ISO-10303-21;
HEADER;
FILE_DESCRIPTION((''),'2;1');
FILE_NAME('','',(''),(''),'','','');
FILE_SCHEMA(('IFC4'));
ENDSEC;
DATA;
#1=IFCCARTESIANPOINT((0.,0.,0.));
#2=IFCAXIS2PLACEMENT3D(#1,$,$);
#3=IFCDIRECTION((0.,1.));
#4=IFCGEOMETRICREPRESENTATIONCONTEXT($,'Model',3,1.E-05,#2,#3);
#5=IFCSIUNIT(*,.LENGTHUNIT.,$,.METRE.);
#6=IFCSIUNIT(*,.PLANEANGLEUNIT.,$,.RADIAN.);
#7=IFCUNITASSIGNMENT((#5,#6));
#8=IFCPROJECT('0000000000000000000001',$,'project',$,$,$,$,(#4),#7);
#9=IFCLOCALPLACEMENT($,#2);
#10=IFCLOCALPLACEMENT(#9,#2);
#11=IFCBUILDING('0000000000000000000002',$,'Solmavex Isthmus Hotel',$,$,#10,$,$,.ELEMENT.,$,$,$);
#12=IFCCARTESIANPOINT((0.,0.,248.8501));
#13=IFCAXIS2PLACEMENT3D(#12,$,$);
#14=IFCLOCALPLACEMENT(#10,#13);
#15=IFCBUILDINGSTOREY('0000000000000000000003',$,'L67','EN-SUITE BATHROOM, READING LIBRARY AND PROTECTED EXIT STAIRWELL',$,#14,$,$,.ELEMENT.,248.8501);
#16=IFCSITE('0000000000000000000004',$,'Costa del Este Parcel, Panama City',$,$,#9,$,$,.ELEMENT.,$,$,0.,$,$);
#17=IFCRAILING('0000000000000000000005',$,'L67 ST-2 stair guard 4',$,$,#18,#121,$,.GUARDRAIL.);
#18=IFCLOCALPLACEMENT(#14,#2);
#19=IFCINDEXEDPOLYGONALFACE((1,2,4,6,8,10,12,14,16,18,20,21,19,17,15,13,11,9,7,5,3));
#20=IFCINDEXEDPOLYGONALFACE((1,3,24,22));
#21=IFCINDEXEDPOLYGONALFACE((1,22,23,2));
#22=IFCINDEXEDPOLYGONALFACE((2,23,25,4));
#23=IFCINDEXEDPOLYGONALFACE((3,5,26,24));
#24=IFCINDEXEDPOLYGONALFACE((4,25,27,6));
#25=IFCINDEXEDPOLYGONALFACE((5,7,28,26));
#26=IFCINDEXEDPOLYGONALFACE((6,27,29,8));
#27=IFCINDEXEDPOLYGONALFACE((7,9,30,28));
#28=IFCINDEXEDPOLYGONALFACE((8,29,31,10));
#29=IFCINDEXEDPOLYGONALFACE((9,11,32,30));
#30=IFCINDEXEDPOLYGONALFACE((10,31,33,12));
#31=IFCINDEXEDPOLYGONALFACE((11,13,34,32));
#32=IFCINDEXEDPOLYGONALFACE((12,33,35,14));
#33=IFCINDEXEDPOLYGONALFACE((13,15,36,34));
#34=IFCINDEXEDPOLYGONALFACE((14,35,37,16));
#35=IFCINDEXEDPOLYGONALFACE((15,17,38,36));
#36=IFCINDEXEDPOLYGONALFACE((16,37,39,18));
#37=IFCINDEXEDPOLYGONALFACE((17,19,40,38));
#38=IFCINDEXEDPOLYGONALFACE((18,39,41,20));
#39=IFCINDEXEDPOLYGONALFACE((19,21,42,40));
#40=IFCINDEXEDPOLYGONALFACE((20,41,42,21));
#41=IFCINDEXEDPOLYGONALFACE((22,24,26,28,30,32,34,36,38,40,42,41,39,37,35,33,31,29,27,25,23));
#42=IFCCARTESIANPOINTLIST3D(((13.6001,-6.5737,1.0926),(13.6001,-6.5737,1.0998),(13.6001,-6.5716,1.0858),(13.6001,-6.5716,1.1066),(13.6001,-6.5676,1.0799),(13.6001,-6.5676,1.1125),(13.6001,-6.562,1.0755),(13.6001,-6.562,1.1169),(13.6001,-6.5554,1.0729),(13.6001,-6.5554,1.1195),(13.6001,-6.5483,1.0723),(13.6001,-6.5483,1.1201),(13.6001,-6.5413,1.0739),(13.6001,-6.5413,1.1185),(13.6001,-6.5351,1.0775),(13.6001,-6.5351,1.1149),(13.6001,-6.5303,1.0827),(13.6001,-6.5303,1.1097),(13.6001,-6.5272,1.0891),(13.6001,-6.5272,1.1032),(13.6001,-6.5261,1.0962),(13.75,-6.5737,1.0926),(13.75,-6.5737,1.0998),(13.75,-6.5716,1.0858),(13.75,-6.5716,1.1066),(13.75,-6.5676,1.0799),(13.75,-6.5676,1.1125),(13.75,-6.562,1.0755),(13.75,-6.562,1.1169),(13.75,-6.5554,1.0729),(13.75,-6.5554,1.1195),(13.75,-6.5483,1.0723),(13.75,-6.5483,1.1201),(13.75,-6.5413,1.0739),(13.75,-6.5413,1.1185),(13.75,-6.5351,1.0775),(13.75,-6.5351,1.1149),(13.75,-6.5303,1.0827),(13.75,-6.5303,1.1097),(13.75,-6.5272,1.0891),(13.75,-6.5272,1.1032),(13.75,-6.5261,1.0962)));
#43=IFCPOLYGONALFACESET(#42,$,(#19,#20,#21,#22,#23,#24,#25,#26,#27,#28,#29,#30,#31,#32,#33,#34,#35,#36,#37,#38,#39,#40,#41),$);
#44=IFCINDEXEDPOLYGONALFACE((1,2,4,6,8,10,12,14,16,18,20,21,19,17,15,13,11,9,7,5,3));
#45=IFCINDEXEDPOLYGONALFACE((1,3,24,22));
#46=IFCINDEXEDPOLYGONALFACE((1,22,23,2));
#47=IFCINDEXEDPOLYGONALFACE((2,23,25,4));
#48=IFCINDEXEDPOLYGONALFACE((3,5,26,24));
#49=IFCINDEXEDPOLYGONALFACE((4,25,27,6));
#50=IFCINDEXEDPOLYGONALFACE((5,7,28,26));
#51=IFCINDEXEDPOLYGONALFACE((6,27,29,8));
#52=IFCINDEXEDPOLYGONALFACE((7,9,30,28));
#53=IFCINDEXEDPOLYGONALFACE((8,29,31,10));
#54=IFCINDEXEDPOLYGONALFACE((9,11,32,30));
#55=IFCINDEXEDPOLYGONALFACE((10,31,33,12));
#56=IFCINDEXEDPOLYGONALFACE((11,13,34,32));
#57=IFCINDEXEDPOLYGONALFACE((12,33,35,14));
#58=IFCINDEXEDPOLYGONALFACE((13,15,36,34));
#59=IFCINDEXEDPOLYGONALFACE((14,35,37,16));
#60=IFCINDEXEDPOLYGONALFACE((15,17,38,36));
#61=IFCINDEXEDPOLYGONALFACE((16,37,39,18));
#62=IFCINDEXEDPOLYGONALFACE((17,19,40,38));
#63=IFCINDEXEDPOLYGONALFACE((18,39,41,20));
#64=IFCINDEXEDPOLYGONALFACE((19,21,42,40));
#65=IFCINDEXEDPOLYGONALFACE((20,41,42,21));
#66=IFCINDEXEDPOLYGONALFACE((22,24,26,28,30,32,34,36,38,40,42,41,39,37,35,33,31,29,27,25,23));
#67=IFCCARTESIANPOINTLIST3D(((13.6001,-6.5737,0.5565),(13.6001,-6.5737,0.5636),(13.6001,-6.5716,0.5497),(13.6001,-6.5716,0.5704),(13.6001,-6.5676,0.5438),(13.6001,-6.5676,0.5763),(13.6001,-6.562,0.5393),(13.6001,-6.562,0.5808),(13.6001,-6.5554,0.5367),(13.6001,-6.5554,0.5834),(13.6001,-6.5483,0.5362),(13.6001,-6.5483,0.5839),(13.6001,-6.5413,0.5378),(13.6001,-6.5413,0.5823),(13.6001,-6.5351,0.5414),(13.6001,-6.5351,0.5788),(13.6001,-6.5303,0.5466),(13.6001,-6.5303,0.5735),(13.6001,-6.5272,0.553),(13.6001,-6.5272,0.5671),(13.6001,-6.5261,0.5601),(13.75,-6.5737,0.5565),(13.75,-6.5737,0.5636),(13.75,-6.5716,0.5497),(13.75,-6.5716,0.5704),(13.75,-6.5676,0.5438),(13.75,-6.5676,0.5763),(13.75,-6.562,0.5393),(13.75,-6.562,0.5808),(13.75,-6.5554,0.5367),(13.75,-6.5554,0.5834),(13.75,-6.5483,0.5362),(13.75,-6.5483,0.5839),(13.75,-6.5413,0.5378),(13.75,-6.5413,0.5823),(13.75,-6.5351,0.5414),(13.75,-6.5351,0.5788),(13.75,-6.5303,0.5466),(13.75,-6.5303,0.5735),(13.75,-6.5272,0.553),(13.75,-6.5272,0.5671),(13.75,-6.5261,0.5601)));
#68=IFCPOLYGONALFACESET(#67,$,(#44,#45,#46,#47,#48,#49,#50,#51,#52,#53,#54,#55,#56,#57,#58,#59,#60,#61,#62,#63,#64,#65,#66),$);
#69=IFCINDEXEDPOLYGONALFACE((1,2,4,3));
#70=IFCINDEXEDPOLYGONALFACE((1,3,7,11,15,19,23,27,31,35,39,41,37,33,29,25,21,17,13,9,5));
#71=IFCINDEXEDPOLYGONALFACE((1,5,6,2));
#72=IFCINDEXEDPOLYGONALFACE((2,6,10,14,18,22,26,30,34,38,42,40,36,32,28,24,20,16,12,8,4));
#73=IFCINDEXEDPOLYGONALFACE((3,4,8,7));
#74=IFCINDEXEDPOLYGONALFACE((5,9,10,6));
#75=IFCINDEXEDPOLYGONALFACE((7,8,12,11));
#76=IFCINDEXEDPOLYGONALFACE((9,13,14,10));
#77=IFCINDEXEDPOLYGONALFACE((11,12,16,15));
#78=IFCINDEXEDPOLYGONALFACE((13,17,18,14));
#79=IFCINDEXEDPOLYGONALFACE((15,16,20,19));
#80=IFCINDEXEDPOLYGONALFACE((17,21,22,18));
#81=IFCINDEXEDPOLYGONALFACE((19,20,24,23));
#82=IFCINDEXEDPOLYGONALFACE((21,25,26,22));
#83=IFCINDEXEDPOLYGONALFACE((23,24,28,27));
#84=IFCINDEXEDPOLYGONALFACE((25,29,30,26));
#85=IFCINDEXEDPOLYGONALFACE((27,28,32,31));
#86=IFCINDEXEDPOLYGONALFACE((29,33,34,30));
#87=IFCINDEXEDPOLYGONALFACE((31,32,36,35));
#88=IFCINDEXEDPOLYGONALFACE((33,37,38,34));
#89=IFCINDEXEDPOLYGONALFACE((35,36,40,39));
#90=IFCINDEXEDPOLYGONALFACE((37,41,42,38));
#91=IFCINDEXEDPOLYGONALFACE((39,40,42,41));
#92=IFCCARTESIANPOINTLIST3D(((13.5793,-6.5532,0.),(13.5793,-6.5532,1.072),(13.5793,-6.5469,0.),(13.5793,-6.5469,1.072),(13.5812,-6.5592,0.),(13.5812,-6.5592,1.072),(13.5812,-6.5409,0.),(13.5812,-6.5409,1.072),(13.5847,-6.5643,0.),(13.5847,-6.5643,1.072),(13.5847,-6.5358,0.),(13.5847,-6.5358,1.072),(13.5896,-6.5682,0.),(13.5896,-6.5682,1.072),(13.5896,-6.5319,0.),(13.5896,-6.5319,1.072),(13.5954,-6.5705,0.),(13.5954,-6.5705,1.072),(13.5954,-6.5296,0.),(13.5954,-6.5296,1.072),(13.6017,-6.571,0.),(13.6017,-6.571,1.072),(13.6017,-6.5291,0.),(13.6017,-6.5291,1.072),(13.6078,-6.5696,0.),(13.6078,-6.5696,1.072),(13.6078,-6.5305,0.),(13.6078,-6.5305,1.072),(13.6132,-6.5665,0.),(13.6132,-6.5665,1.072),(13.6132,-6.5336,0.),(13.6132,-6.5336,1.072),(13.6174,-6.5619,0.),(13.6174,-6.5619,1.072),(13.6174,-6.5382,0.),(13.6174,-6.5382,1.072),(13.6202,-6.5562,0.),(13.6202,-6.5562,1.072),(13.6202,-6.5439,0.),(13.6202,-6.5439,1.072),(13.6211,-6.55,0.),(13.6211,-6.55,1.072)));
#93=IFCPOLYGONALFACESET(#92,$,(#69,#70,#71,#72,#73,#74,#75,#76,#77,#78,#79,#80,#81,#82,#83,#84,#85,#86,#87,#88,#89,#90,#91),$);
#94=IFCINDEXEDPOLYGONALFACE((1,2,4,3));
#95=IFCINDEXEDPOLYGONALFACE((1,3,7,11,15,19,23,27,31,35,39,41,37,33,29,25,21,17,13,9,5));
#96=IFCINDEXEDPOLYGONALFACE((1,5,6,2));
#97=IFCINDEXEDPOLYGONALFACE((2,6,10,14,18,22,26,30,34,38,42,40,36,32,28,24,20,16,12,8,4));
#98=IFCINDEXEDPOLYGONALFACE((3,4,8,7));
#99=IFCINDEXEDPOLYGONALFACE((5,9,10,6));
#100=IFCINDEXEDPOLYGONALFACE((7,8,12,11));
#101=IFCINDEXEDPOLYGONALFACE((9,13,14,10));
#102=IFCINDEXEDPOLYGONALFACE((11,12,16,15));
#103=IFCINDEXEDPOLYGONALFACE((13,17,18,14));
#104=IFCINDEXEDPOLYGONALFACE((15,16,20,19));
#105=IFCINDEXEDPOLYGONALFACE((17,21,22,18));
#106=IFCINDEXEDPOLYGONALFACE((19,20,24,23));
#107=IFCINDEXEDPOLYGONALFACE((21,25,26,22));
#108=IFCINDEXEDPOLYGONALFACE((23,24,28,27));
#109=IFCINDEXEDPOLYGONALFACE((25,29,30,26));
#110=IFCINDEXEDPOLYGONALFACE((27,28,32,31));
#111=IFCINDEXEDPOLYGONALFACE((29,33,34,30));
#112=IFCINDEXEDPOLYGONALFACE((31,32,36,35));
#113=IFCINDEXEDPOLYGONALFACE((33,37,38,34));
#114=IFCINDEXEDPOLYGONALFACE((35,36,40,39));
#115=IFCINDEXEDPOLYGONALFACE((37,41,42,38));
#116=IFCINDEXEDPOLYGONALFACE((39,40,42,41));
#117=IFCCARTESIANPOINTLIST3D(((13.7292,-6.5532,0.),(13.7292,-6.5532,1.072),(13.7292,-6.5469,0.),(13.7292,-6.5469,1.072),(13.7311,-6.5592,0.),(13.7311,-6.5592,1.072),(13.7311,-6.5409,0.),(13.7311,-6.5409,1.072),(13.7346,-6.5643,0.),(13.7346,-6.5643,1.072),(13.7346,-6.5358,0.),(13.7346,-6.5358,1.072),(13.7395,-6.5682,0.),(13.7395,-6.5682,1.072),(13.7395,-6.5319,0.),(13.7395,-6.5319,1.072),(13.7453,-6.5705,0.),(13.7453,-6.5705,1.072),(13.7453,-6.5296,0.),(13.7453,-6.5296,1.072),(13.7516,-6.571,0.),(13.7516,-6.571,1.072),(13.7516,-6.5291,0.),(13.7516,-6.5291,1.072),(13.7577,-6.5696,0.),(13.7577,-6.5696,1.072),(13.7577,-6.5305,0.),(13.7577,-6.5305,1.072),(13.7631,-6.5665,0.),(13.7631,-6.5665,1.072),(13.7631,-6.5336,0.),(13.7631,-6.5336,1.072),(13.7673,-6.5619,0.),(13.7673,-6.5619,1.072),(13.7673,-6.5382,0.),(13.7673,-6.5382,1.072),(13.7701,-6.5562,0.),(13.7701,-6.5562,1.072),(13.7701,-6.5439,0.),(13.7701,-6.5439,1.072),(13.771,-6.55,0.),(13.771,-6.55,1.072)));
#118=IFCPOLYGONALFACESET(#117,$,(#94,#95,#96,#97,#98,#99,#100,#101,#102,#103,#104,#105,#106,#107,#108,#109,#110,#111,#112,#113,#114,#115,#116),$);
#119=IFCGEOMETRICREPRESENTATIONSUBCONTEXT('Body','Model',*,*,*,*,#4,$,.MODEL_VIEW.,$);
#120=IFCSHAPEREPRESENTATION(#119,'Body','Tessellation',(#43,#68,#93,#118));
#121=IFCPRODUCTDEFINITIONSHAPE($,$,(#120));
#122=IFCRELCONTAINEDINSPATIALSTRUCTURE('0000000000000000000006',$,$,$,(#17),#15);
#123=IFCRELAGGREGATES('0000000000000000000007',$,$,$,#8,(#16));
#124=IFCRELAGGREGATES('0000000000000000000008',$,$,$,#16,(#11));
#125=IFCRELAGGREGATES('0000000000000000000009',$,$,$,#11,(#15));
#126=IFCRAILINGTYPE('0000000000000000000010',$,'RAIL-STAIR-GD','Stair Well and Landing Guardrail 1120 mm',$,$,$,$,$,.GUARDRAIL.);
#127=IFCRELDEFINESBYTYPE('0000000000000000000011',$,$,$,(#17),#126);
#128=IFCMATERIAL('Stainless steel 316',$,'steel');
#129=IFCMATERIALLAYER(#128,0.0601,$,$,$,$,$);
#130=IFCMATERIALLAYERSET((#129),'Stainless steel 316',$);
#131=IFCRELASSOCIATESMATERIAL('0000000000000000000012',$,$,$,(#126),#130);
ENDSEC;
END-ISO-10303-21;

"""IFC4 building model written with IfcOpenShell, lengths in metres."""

from ifc_helpers import new_model, si_unit, direction, frame, origin, origin_2d, place, context, subcontext, project, spatial, circle, extrude, material, layer, layer_set, type_object, element, save


model = new_model("IFC4")

# Units and contexts
model_context = context("Model", 3, precision=1e-05, world=origin(), true_north=direction((0.0, 1.0)))
body_context = subcontext(model_context, "Body", "Model", "MODEL_VIEW")
ifc_project = project(units=[si_unit("LENGTHUNIT", "METRE"), si_unit("PLANEANGLEUNIT", "RADIAN")], contexts=[model_context])

# Site, building, storey
site_placement = place(None, origin())
site = spatial("IfcSite", under=ifc_project, at=site_placement, Name="Costa del Este Parcel, Panama City", CompositionType="ELEMENT", RefElevation=0.0)
building_placement = place(site_placement, origin())
building = spatial("IfcBuilding", under=site, at=building_placement, Name="Solmavex Isthmus Hotel", CompositionType="ELEMENT")
storey_placement = place(building_placement, frame((0.0, 0.0, 248.8501)))
storey = spatial("IfcBuildingStorey", under=building, at=storey_placement, Name="L67", Description="EN-SUITE BATHROOM, READING LIBRARY AND PROTECTED EXIT STAIRWELL", CompositionType="ELEMENT", Elevation=248.8501)

# Shared definitions
ifc_material_1 = material(Name="Stainless steel 316", Category="steel")

# Railing
ifc_layer_1 = layer(ifc_material_1, 0.0601)
ifc_layer_set_1 = layer_set([ifc_layer_1], Name="Stainless steel 316")
railing_type_1 = type_object("IfcRailingType", Name="RAIL-STAIR-GD", Description="Stair Well and Landing Guardrail 1120 mm", PredefinedType="GUARDRAIL", material=ifc_layer_set_1)
railing_1_placement = place(storey_placement, frame((13.6001, -6.55, 0.0)))
element("IfcRailing", 1, at=railing_1_placement, inside=storey, type_object=railing_type_1, Name="L67 ST-2 stair guard 4", PredefinedType="GUARDRAIL", context=body_context, shape_type="SweptSolid", body=[
    extrude(circle(Radius=0.0239, at=origin_2d()), frame((0.0, 0.0, 1.0962), z_axis=(1.0, 0.0, 0.0), x_axis=(0.0, 1.0, 0.0)), (0.0, 0.0, 1.0), 0.1499),
    extrude(circle(Radius=0.0239, at=origin_2d()), frame((0.0, 0.0, 0.5601), z_axis=(1.0, 0.0, 0.0), x_axis=(0.0, 1.0, 0.0)), (0.0, 0.0, 1.0), 0.1499),
    extrude(circle(Radius=0.021, at=origin_2d()), origin(), (0.0, 0.0, 1.0), 1.072),
    extrude(circle(Radius=0.021, at=origin_2d()), frame((0.1499, 0.0, 0.0)), (0.0, 0.0, 1.0), 1.072),
])

save(model, "model.ifc")
